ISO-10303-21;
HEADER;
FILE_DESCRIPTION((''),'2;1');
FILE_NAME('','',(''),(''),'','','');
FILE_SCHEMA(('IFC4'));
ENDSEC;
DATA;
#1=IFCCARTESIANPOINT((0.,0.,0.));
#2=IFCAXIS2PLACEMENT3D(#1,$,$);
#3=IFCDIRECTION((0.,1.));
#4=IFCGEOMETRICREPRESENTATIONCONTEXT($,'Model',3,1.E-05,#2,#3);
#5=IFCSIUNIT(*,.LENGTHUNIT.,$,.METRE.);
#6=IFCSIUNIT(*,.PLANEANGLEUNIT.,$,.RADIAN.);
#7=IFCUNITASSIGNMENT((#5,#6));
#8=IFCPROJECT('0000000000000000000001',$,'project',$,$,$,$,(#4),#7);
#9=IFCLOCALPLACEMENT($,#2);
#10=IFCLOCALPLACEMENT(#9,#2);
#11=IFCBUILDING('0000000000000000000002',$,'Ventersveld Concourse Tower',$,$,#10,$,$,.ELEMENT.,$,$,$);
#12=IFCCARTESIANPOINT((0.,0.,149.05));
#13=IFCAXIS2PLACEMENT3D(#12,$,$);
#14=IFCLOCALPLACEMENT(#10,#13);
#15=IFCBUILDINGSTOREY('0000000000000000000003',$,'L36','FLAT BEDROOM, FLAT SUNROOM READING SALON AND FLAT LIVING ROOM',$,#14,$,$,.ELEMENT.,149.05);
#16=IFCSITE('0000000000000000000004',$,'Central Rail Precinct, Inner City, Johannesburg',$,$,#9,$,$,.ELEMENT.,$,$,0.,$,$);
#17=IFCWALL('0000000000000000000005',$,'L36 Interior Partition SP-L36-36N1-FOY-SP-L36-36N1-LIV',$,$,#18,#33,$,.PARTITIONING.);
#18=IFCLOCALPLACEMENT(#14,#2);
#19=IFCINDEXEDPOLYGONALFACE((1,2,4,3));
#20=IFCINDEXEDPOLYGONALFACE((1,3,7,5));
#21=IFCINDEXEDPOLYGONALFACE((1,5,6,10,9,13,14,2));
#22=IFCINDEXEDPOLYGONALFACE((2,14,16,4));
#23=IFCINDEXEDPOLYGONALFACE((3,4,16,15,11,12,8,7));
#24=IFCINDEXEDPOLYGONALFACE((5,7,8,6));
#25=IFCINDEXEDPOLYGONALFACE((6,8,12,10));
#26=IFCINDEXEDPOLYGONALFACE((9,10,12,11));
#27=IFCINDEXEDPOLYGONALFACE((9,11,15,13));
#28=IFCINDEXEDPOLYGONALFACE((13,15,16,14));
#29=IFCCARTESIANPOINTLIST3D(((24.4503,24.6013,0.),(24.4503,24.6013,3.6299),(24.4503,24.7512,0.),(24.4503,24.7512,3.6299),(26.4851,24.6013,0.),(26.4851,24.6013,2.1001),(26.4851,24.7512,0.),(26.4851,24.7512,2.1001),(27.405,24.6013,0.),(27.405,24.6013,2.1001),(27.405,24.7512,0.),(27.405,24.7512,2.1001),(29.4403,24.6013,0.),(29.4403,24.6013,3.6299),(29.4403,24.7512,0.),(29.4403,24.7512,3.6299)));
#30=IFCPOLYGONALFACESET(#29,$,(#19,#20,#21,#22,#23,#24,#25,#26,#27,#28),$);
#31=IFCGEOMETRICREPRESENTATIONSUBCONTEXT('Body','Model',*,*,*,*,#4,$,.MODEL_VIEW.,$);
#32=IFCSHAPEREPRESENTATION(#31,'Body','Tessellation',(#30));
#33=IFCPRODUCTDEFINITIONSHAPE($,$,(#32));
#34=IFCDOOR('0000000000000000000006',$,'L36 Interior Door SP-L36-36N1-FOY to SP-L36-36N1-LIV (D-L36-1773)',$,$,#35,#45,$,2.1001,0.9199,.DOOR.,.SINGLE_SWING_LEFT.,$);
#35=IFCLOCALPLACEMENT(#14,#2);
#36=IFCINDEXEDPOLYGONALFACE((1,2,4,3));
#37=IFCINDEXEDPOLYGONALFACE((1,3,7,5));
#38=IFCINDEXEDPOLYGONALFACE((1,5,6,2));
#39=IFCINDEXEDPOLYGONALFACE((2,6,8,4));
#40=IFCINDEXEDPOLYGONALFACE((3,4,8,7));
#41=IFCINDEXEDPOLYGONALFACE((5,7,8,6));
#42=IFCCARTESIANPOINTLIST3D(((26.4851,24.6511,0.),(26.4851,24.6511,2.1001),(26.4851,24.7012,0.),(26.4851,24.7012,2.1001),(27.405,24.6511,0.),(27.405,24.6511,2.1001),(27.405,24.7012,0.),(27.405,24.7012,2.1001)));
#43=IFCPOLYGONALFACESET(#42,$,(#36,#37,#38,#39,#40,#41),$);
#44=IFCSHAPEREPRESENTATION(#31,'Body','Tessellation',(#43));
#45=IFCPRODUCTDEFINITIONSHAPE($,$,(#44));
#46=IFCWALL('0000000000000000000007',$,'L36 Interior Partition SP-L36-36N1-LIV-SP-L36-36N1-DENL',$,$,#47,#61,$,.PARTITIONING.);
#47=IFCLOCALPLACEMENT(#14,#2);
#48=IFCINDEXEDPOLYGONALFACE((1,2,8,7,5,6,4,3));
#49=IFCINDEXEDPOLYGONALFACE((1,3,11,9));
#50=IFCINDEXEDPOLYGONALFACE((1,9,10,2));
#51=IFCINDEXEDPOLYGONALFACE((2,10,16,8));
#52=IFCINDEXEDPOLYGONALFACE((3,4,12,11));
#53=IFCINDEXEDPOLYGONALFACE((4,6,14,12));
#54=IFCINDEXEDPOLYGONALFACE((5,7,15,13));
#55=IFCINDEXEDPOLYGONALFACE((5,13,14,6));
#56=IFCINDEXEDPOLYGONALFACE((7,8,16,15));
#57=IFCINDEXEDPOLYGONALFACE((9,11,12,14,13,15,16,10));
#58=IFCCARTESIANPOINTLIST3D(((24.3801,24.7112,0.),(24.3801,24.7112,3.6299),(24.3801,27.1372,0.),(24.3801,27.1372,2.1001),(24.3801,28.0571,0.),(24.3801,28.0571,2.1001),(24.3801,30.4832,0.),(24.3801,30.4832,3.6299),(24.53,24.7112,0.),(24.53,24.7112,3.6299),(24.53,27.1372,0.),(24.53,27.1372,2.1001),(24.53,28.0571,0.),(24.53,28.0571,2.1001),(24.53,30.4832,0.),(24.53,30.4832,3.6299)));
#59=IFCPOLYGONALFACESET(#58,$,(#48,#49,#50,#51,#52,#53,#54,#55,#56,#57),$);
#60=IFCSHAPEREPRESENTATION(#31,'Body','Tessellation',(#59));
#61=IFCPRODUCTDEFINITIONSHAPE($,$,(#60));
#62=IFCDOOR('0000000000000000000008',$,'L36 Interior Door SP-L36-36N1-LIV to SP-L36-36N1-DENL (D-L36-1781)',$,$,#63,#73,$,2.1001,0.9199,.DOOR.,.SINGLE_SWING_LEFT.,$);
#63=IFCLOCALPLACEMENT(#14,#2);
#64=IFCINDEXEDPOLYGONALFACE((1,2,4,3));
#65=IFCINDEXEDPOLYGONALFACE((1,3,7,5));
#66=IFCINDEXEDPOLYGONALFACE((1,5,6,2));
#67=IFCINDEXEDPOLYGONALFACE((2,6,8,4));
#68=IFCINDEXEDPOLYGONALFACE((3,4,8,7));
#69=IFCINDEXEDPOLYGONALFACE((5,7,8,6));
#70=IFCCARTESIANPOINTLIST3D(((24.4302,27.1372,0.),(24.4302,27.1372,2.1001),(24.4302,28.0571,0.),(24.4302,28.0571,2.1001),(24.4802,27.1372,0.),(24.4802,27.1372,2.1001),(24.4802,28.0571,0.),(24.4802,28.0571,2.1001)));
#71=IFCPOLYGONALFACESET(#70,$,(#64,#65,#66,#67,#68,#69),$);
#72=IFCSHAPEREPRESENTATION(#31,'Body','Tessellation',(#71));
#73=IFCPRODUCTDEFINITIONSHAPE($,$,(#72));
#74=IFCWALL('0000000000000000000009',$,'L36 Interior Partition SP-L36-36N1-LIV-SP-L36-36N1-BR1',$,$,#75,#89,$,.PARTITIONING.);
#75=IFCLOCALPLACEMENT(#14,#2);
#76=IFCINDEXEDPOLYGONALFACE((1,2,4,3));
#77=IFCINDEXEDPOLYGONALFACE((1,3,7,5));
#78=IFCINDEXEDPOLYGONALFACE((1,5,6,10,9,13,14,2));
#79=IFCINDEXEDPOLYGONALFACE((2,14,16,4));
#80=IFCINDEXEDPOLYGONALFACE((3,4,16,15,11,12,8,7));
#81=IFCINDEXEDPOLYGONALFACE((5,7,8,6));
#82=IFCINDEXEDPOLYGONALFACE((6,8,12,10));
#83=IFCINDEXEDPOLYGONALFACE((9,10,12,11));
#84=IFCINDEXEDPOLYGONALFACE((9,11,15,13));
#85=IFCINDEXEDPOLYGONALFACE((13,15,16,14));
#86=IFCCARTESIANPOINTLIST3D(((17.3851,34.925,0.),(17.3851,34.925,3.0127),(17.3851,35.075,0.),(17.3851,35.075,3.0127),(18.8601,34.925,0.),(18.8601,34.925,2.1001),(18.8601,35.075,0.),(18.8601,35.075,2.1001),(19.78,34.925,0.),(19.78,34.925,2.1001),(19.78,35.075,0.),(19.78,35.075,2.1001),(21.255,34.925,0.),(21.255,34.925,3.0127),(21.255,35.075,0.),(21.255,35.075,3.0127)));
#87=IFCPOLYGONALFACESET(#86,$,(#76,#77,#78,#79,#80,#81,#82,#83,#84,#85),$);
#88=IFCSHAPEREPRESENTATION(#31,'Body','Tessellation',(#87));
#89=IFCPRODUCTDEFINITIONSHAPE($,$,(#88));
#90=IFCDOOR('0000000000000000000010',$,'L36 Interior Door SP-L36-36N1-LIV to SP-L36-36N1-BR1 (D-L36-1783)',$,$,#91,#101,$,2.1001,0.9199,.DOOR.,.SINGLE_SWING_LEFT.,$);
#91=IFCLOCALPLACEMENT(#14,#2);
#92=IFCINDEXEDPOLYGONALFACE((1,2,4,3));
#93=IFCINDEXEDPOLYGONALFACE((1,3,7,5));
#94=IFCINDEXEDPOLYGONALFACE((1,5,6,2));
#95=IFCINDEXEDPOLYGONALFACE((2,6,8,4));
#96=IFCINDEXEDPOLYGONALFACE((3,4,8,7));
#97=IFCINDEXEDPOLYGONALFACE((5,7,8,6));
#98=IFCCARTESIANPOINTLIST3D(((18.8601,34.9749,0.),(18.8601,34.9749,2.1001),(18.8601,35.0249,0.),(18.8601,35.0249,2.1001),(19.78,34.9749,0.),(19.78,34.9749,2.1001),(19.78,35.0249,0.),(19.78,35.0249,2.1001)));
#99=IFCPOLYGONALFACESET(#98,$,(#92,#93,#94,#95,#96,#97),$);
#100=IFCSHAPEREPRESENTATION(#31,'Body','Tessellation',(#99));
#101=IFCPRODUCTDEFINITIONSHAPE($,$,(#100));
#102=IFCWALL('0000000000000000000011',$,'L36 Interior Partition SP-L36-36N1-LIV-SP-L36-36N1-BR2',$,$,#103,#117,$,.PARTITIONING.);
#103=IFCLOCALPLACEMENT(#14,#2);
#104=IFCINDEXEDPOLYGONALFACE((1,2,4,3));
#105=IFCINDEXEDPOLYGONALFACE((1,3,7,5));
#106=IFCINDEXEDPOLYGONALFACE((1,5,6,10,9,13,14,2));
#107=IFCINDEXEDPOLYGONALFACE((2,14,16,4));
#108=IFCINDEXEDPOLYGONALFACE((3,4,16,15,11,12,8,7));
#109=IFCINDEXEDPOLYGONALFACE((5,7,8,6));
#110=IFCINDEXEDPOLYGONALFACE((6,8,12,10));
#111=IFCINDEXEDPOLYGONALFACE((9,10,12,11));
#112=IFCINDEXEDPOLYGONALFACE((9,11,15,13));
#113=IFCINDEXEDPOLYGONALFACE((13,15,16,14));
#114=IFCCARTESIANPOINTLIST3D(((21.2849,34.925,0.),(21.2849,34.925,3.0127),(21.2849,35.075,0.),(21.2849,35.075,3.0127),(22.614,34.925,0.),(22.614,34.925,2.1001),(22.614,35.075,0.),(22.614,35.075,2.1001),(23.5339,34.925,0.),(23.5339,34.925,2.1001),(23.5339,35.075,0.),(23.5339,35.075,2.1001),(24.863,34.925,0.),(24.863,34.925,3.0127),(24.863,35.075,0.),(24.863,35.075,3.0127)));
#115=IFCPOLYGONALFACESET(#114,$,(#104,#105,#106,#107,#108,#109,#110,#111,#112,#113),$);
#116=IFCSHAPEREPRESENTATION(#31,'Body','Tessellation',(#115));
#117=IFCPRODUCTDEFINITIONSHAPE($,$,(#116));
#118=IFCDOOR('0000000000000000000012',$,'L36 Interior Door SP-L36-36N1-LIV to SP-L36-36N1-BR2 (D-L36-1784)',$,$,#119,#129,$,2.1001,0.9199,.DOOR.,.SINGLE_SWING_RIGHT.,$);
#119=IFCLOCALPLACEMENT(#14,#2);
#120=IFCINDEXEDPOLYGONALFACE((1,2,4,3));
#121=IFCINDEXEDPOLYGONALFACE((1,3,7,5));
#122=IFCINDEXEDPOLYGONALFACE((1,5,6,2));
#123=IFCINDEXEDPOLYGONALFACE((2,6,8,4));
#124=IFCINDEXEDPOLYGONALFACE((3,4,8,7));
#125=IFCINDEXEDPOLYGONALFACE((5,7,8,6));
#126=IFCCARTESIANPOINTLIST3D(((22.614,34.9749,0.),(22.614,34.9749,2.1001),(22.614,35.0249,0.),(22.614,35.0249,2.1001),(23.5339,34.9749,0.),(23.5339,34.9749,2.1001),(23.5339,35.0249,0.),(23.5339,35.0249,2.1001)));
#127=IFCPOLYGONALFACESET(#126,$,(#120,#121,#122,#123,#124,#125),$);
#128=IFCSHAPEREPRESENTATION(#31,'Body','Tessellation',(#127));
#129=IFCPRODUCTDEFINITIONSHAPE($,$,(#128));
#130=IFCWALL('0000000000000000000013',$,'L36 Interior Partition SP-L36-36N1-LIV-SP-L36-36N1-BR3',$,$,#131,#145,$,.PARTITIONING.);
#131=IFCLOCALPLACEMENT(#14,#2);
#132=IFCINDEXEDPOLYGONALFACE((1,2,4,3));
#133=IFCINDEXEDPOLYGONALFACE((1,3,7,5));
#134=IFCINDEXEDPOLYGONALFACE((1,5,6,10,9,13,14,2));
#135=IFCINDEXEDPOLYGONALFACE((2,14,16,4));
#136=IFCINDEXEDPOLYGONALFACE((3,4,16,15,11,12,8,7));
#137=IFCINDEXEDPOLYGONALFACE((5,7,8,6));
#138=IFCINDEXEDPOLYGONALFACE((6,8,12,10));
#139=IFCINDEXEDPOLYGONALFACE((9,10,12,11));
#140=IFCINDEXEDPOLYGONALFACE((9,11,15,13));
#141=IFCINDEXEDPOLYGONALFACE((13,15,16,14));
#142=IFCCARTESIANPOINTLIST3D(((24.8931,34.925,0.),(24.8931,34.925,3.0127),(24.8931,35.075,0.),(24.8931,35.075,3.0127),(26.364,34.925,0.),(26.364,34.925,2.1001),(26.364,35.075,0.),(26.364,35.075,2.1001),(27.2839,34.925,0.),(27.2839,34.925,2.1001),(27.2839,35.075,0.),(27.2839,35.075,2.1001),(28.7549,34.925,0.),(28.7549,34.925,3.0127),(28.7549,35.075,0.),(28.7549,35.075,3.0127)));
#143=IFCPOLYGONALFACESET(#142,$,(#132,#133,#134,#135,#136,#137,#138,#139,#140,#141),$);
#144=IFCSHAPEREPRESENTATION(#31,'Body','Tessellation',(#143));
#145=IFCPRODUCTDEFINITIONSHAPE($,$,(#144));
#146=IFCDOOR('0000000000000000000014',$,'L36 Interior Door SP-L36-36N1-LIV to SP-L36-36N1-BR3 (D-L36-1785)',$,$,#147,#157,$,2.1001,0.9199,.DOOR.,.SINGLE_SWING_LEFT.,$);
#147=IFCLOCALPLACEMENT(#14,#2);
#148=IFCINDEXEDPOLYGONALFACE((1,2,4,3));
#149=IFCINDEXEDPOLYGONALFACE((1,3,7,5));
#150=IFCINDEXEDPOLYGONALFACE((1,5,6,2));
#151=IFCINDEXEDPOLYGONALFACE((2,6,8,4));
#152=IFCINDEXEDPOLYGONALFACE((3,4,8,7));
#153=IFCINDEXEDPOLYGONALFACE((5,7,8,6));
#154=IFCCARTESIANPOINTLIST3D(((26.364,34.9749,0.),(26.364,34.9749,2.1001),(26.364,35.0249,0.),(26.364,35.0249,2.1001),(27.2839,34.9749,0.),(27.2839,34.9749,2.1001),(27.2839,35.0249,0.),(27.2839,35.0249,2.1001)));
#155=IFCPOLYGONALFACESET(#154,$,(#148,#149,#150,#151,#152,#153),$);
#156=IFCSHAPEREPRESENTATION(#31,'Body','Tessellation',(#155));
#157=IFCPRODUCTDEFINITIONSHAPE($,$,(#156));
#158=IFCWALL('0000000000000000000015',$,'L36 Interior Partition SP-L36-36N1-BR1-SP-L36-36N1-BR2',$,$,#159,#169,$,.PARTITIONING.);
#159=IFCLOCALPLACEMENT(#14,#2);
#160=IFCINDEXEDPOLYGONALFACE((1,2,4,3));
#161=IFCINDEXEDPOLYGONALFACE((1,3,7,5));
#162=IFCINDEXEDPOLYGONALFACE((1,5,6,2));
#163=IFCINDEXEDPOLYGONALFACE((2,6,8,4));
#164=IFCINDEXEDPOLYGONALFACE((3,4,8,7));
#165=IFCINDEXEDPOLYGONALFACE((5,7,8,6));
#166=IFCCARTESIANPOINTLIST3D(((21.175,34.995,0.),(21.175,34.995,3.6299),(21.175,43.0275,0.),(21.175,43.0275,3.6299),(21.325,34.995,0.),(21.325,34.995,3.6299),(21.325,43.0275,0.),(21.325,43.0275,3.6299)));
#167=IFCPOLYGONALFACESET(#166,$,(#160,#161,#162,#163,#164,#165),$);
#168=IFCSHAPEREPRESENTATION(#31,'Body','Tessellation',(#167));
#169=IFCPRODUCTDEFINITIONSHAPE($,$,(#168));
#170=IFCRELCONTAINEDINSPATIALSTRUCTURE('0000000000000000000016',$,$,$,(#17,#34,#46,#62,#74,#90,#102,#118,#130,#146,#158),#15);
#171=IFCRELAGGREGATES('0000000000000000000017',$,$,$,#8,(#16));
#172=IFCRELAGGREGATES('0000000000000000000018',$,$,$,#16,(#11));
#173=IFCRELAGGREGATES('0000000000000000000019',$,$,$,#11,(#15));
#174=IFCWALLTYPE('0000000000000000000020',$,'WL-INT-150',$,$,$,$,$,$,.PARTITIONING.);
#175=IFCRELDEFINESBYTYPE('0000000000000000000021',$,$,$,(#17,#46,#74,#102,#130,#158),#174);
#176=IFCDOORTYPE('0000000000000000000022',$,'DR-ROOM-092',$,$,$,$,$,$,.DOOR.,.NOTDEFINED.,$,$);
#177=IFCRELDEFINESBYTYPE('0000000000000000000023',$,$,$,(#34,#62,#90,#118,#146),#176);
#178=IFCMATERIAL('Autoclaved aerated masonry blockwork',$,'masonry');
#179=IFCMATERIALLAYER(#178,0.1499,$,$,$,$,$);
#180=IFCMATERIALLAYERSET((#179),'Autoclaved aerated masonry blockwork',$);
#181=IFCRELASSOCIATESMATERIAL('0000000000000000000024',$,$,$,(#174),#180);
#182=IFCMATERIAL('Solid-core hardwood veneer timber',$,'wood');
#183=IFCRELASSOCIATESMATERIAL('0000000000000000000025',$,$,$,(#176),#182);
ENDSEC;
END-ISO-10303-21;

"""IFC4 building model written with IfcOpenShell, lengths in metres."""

from ifc_helpers import new_model, si_unit, direction, frame, frame_2d, origin, place, context, subcontext, project, spatial, rectangle, extrude, material, layer, layer_set, type_object, element, fill, save


model = new_model("IFC4")

# Units and contexts
model_context = context("Model", 3, precision=1e-05, world=origin(), true_north=direction((0.0, 1.0)))
body_context = subcontext(model_context, "Body", "Model", "MODEL_VIEW")
ifc_project = project(units=[si_unit("LENGTHUNIT", "METRE"), si_unit("PLANEANGLEUNIT", "RADIAN")], contexts=[model_context])

# Site, building, storey
site_placement = place(None, origin())
site = spatial("IfcSite", under=ifc_project, at=site_placement, Name="Central Rail Precinct, Inner City, Johannesburg", CompositionType="ELEMENT", RefElevation=0.0)
building_placement = place(site_placement, origin())
building = spatial("IfcBuilding", under=site, at=building_placement, Name="Ventersveld Concourse Tower", CompositionType="ELEMENT")
storey_placement = place(building_placement, frame((0.0, 0.0, 149.05)))
storey = spatial("IfcBuildingStorey", under=building, at=storey_placement, Name="L36", Description="FLAT BEDROOM, FLAT SUNROOM READING SALON AND FLAT LIVING ROOM", CompositionType="ELEMENT", Elevation=149.05)

# Walls, openings, doors
ifc_material_1 = material(Name="Autoclaved aerated masonry blockwork", Category="masonry")
ifc_layer_1 = layer(ifc_material_1, 0.1499)
ifc_layer_set_1 = layer_set([ifc_layer_1], Name="Autoclaved aerated masonry blockwork")
wall_type_1 = type_object("IfcWallType", Name="WL-INT-150", PredefinedType="PARTITIONING", material=ifc_layer_set_1)
wall_1_placement = place(storey_placement, frame((24.4502, 24.6763, 0.0), z_axis=(0.0, 0.0, 1.0), x_axis=(1.0, 0.0, 0.0)))
wall_1 = element("IfcWall", 1, at=wall_1_placement, inside=storey, type_object=wall_type_1, Name="L36 Interior Partition SP-L36-36N1-FOY-SP-L36-36N1-LIV", PredefinedType="PARTITIONING", context=body_context, shape_type="SweptSolid", body=[
    extrude(rectangle(XDim=4.99, YDim=0.1499, at=frame_2d((2.4951, 0.0))), origin(), (0.0, 0.0, 1.0), 3.6299),
])
opening_1_placement = place(wall_1_placement, frame((2.0349, 0.0, 0.0)))
opening_1 = element("IfcOpeningElement", 2, at=opening_1_placement, cuts=wall_1, PredefinedType="OPENING", context=body_context, shape_type="SweptSolid", body=[
    extrude(rectangle(XDim=0.9199, YDim=2.1001, at=frame_2d((0.46, 1.05))), frame((0.0, 0.085, 0.0), z_axis=(0.0, -1.0, 0.0), x_axis=(1.0, 0.0, 0.0)), (0.0, 0.0, 1.0), 0.1699),
])
ifc_material_2 = material(Name="Solid-core hardwood veneer timber", Category="wood")
door_type = type_object("IfcDoorType", Name="DR-ROOM-092", OperationType="NOTDEFINED", PredefinedType="DOOR", material=ifc_material_2)
door_1_placement = place(opening_1_placement, origin())
door_1 = element("IfcDoor", 3, at=door_1_placement, inside=storey, type_object=door_type, Name="L36 Interior Door SP-L36-36N1-FOY to SP-L36-36N1-LIV (D-L36-1773)", OperationType="SINGLE_SWING_LEFT", OverallHeight=2.1001, OverallWidth=0.9199, PredefinedType="DOOR", context=body_context, shape_type="SweptSolid", body=[
    extrude(rectangle(XDim=0.9199, YDim=2.1001, at=frame_2d((0.46, 1.05))), frame((0.0, 0.0249, 0.0), z_axis=(0.0, -1.0, 0.0), x_axis=(1.0, 0.0, 0.0)), (0.0, 0.0, 1.0), 0.05),
])
fill(opening_1, door_1)
wall_2_placement = place(storey_placement, frame((24.4551, 24.7112, 0.0), z_axis=(0.0, 0.0, 1.0), x_axis=(0.0, 1.0, 0.0)))
wall_2 = element("IfcWall", 4, at=wall_2_placement, inside=storey, type_object=wall_type_1, Name="L36 Interior Partition SP-L36-36N1-LIV-SP-L36-36N1-DENL", PredefinedType="PARTITIONING", context=body_context, shape_type="SweptSolid", body=[
    extrude(rectangle(XDim=5.772, YDim=0.1499, at=frame_2d((2.886, 0.0))), origin(), (0.0, 0.0, 1.0), 3.6299),
])
opening_2_placement = place(wall_2_placement, frame((2.426, 0.0, 0.0)))
opening_2 = element("IfcOpeningElement", 5, at=opening_2_placement, cuts=wall_2, PredefinedType="OPENING", context=body_context, shape_type="SweptSolid", body=[
    extrude(rectangle(XDim=0.9199, YDim=2.1001, at=frame_2d((0.46, 1.05))), frame((0.0, 0.085, 0.0), z_axis=(0.0, -1.0, 0.0), x_axis=(1.0, 0.0, 0.0)), (0.0, 0.0, 1.0), 0.1699),
])
door_2_placement = place(opening_2_placement, origin())
door_2 = element("IfcDoor", 6, at=door_2_placement, inside=storey, type_object=door_type, Name="L36 Interior Door SP-L36-36N1-LIV to SP-L36-36N1-DENL (D-L36-1781)", OperationType="SINGLE_SWING_LEFT", OverallHeight=2.1001, OverallWidth=0.9199, PredefinedType="DOOR", context=body_context, shape_type="SweptSolid", body=[
    extrude(rectangle(XDim=0.9199, YDim=2.1001, at=frame_2d((0.46, 1.05))), frame((0.0, 0.0249, 0.0), z_axis=(0.0, -1.0, 0.0), x_axis=(1.0, 0.0, 0.0)), (0.0, 0.0, 1.0), 0.05),
])
fill(opening_2, door_2)
wall_3_placement = place(storey_placement, frame((17.385, 35.0, 0.0), z_axis=(0.0, 0.0, 1.0), x_axis=(1.0, 0.0, 0.0)))
wall_3 = element("IfcWall", 7, at=wall_3_placement, inside=storey, type_object=wall_type_1, Name="L36 Interior Partition SP-L36-36N1-LIV-SP-L36-36N1-BR1", PredefinedType="PARTITIONING", context=body_context, shape_type="SweptSolid", body=[
    extrude(rectangle(XDim=3.8699, YDim=0.1499, at=frame_2d((1.9351, 0.0))), origin(), (0.0, 0.0, 1.0), 3.0127),
])
opening_3_placement = place(wall_3_placement, frame((1.4751, 0.0, 0.0)))
opening_3 = element("IfcOpeningElement", 8, at=opening_3_placement, cuts=wall_3, PredefinedType="OPENING", context=body_context, shape_type="SweptSolid", body=[
    extrude(rectangle(XDim=0.9199, YDim=2.1001, at=frame_2d((0.46, 1.05))), frame((0.0, 0.085, 0.0), z_axis=(0.0, -1.0, 0.0), x_axis=(1.0, 0.0, 0.0)), (0.0, 0.0, 1.0), 0.1699),
])
door_3_placement = place(opening_3_placement, origin())
door_3 = element("IfcDoor", 9, at=door_3_placement, inside=storey, type_object=door_type, Name="L36 Interior Door SP-L36-36N1-LIV to SP-L36-36N1-BR1 (D-L36-1783)", OperationType="SINGLE_SWING_LEFT", OverallHeight=2.1001, OverallWidth=0.9199, PredefinedType="DOOR", context=body_context, shape_type="SweptSolid", body=[
    extrude(rectangle(XDim=0.9199, YDim=2.1001, at=frame_2d((0.46, 1.05))), frame((0.0, 0.0249, 0.0), z_axis=(0.0, -1.0, 0.0), x_axis=(1.0, 0.0, 0.0)), (0.0, 0.0, 1.0), 0.05),
])
fill(opening_3, door_3)
wall_4_placement = place(storey_placement, frame((21.2849, 35.0, 0.0), z_axis=(0.0, 0.0, 1.0), x_axis=(1.0, 0.0, 0.0)))
wall_4 = element("IfcWall", 10, at=wall_4_placement, inside=storey, type_object=wall_type_1, Name="L36 Interior Partition SP-L36-36N1-LIV-SP-L36-36N1-BR2", PredefinedType="PARTITIONING", context=body_context, shape_type="SweptSolid", body=[
    extrude(rectangle(XDim=3.5781, YDim=0.1499, at=frame_2d((1.7891, 0.0))), origin(), (0.0, 0.0, 1.0), 3.0127),
])
opening_4_placement = place(wall_4_placement, frame((1.3291, 0.0, 0.0)))
opening_4 = element("IfcOpeningElement", 11, at=opening_4_placement, cuts=wall_4, PredefinedType="OPENING", context=body_context, shape_type="SweptSolid", body=[
    extrude(rectangle(XDim=0.9199, YDim=2.1001, at=frame_2d((0.46, 1.05))), frame((0.0, 0.085, 0.0), z_axis=(0.0, -1.0, 0.0), x_axis=(1.0, 0.0, 0.0)), (0.0, 0.0, 1.0), 0.1699),
])
door_4_placement = place(opening_4_placement, origin())
door_4 = element("IfcDoor", 12, at=door_4_placement, inside=storey, type_object=door_type, Name="L36 Interior Door SP-L36-36N1-LIV to SP-L36-36N1-BR2 (D-L36-1784)", OperationType="SINGLE_SWING_RIGHT", OverallHeight=2.1001, OverallWidth=0.9199, PredefinedType="DOOR", context=body_context, shape_type="SweptSolid", body=[
    extrude(rectangle(XDim=0.9199, YDim=2.1001, at=frame_2d((0.46, 1.05))), frame((0.0, 0.0249, 0.0), z_axis=(0.0, -1.0, 0.0), x_axis=(1.0, 0.0, 0.0)), (0.0, 0.0, 1.0), 0.05),
])
fill(opening_4, door_4)
wall_5_placement = place(storey_placement, frame((24.8931, 35.0, 0.0), z_axis=(0.0, 0.0, 1.0), x_axis=(1.0, 0.0, 0.0)))
wall_5 = element("IfcWall", 13, at=wall_5_placement, inside=storey, type_object=wall_type_1, Name="L36 Interior Partition SP-L36-36N1-LIV-SP-L36-36N1-BR3", PredefinedType="PARTITIONING", context=body_context, shape_type="SweptSolid", body=[
    extrude(rectangle(XDim=3.8618, YDim=0.1499, at=frame_2d((1.9309, 0.0))), origin(), (0.0, 0.0, 1.0), 3.0127),
])
opening_5_placement = place(wall_5_placement, frame((1.4709, 0.0, 0.0)))
opening_5 = element("IfcOpeningElement", 14, at=opening_5_placement, cuts=wall_5, PredefinedType="OPENING", context=body_context, shape_type="SweptSolid", body=[
    extrude(rectangle(XDim=0.9199, YDim=2.1001, at=frame_2d((0.46, 1.05))), frame((0.0, 0.085, 0.0), z_axis=(0.0, -1.0, 0.0), x_axis=(1.0, 0.0, 0.0)), (0.0, 0.0, 1.0), 0.1699),
])
door_5_placement = place(opening_5_placement, origin())
door_5 = element("IfcDoor", 15, at=door_5_placement, inside=storey, type_object=door_type, Name="L36 Interior Door SP-L36-36N1-LIV to SP-L36-36N1-BR3 (D-L36-1785)", OperationType="SINGLE_SWING_LEFT", OverallHeight=2.1001, OverallWidth=0.9199, PredefinedType="DOOR", context=body_context, shape_type="SweptSolid", body=[
    extrude(rectangle(XDim=0.9199, YDim=2.1001, at=frame_2d((0.46, 1.05))), frame((0.0, 0.0249, 0.0), z_axis=(0.0, -1.0, 0.0), x_axis=(1.0, 0.0, 0.0)), (0.0, 0.0, 1.0), 0.05),
])
fill(opening_5, door_5)

# Wall
for number, where, z_axis, x_axis, name in (
    (16, (21.25, 34.9951, 0.0), (0.0, 0.0, 1.0), (0.0, 1.0, 0.0), "L36 Interior Partition SP-L36-36N1-BR1-SP-L36-36N1-BR2"),
):
    element("IfcWall", number, at=place(storey_placement, frame(where, z_axis=z_axis, x_axis=x_axis)), inside=storey, type_object=wall_type_1, Name=name, PredefinedType="PARTITIONING", context=body_context, shape_type="SweptSolid", body=[
        extrude(rectangle(XDim=8.0325, YDim=0.1499, at=frame_2d((4.0161, 0.0))), origin(), (0.0, 0.0, 1.0), 3.6299),
    ])

save(model, "model.ifc")
